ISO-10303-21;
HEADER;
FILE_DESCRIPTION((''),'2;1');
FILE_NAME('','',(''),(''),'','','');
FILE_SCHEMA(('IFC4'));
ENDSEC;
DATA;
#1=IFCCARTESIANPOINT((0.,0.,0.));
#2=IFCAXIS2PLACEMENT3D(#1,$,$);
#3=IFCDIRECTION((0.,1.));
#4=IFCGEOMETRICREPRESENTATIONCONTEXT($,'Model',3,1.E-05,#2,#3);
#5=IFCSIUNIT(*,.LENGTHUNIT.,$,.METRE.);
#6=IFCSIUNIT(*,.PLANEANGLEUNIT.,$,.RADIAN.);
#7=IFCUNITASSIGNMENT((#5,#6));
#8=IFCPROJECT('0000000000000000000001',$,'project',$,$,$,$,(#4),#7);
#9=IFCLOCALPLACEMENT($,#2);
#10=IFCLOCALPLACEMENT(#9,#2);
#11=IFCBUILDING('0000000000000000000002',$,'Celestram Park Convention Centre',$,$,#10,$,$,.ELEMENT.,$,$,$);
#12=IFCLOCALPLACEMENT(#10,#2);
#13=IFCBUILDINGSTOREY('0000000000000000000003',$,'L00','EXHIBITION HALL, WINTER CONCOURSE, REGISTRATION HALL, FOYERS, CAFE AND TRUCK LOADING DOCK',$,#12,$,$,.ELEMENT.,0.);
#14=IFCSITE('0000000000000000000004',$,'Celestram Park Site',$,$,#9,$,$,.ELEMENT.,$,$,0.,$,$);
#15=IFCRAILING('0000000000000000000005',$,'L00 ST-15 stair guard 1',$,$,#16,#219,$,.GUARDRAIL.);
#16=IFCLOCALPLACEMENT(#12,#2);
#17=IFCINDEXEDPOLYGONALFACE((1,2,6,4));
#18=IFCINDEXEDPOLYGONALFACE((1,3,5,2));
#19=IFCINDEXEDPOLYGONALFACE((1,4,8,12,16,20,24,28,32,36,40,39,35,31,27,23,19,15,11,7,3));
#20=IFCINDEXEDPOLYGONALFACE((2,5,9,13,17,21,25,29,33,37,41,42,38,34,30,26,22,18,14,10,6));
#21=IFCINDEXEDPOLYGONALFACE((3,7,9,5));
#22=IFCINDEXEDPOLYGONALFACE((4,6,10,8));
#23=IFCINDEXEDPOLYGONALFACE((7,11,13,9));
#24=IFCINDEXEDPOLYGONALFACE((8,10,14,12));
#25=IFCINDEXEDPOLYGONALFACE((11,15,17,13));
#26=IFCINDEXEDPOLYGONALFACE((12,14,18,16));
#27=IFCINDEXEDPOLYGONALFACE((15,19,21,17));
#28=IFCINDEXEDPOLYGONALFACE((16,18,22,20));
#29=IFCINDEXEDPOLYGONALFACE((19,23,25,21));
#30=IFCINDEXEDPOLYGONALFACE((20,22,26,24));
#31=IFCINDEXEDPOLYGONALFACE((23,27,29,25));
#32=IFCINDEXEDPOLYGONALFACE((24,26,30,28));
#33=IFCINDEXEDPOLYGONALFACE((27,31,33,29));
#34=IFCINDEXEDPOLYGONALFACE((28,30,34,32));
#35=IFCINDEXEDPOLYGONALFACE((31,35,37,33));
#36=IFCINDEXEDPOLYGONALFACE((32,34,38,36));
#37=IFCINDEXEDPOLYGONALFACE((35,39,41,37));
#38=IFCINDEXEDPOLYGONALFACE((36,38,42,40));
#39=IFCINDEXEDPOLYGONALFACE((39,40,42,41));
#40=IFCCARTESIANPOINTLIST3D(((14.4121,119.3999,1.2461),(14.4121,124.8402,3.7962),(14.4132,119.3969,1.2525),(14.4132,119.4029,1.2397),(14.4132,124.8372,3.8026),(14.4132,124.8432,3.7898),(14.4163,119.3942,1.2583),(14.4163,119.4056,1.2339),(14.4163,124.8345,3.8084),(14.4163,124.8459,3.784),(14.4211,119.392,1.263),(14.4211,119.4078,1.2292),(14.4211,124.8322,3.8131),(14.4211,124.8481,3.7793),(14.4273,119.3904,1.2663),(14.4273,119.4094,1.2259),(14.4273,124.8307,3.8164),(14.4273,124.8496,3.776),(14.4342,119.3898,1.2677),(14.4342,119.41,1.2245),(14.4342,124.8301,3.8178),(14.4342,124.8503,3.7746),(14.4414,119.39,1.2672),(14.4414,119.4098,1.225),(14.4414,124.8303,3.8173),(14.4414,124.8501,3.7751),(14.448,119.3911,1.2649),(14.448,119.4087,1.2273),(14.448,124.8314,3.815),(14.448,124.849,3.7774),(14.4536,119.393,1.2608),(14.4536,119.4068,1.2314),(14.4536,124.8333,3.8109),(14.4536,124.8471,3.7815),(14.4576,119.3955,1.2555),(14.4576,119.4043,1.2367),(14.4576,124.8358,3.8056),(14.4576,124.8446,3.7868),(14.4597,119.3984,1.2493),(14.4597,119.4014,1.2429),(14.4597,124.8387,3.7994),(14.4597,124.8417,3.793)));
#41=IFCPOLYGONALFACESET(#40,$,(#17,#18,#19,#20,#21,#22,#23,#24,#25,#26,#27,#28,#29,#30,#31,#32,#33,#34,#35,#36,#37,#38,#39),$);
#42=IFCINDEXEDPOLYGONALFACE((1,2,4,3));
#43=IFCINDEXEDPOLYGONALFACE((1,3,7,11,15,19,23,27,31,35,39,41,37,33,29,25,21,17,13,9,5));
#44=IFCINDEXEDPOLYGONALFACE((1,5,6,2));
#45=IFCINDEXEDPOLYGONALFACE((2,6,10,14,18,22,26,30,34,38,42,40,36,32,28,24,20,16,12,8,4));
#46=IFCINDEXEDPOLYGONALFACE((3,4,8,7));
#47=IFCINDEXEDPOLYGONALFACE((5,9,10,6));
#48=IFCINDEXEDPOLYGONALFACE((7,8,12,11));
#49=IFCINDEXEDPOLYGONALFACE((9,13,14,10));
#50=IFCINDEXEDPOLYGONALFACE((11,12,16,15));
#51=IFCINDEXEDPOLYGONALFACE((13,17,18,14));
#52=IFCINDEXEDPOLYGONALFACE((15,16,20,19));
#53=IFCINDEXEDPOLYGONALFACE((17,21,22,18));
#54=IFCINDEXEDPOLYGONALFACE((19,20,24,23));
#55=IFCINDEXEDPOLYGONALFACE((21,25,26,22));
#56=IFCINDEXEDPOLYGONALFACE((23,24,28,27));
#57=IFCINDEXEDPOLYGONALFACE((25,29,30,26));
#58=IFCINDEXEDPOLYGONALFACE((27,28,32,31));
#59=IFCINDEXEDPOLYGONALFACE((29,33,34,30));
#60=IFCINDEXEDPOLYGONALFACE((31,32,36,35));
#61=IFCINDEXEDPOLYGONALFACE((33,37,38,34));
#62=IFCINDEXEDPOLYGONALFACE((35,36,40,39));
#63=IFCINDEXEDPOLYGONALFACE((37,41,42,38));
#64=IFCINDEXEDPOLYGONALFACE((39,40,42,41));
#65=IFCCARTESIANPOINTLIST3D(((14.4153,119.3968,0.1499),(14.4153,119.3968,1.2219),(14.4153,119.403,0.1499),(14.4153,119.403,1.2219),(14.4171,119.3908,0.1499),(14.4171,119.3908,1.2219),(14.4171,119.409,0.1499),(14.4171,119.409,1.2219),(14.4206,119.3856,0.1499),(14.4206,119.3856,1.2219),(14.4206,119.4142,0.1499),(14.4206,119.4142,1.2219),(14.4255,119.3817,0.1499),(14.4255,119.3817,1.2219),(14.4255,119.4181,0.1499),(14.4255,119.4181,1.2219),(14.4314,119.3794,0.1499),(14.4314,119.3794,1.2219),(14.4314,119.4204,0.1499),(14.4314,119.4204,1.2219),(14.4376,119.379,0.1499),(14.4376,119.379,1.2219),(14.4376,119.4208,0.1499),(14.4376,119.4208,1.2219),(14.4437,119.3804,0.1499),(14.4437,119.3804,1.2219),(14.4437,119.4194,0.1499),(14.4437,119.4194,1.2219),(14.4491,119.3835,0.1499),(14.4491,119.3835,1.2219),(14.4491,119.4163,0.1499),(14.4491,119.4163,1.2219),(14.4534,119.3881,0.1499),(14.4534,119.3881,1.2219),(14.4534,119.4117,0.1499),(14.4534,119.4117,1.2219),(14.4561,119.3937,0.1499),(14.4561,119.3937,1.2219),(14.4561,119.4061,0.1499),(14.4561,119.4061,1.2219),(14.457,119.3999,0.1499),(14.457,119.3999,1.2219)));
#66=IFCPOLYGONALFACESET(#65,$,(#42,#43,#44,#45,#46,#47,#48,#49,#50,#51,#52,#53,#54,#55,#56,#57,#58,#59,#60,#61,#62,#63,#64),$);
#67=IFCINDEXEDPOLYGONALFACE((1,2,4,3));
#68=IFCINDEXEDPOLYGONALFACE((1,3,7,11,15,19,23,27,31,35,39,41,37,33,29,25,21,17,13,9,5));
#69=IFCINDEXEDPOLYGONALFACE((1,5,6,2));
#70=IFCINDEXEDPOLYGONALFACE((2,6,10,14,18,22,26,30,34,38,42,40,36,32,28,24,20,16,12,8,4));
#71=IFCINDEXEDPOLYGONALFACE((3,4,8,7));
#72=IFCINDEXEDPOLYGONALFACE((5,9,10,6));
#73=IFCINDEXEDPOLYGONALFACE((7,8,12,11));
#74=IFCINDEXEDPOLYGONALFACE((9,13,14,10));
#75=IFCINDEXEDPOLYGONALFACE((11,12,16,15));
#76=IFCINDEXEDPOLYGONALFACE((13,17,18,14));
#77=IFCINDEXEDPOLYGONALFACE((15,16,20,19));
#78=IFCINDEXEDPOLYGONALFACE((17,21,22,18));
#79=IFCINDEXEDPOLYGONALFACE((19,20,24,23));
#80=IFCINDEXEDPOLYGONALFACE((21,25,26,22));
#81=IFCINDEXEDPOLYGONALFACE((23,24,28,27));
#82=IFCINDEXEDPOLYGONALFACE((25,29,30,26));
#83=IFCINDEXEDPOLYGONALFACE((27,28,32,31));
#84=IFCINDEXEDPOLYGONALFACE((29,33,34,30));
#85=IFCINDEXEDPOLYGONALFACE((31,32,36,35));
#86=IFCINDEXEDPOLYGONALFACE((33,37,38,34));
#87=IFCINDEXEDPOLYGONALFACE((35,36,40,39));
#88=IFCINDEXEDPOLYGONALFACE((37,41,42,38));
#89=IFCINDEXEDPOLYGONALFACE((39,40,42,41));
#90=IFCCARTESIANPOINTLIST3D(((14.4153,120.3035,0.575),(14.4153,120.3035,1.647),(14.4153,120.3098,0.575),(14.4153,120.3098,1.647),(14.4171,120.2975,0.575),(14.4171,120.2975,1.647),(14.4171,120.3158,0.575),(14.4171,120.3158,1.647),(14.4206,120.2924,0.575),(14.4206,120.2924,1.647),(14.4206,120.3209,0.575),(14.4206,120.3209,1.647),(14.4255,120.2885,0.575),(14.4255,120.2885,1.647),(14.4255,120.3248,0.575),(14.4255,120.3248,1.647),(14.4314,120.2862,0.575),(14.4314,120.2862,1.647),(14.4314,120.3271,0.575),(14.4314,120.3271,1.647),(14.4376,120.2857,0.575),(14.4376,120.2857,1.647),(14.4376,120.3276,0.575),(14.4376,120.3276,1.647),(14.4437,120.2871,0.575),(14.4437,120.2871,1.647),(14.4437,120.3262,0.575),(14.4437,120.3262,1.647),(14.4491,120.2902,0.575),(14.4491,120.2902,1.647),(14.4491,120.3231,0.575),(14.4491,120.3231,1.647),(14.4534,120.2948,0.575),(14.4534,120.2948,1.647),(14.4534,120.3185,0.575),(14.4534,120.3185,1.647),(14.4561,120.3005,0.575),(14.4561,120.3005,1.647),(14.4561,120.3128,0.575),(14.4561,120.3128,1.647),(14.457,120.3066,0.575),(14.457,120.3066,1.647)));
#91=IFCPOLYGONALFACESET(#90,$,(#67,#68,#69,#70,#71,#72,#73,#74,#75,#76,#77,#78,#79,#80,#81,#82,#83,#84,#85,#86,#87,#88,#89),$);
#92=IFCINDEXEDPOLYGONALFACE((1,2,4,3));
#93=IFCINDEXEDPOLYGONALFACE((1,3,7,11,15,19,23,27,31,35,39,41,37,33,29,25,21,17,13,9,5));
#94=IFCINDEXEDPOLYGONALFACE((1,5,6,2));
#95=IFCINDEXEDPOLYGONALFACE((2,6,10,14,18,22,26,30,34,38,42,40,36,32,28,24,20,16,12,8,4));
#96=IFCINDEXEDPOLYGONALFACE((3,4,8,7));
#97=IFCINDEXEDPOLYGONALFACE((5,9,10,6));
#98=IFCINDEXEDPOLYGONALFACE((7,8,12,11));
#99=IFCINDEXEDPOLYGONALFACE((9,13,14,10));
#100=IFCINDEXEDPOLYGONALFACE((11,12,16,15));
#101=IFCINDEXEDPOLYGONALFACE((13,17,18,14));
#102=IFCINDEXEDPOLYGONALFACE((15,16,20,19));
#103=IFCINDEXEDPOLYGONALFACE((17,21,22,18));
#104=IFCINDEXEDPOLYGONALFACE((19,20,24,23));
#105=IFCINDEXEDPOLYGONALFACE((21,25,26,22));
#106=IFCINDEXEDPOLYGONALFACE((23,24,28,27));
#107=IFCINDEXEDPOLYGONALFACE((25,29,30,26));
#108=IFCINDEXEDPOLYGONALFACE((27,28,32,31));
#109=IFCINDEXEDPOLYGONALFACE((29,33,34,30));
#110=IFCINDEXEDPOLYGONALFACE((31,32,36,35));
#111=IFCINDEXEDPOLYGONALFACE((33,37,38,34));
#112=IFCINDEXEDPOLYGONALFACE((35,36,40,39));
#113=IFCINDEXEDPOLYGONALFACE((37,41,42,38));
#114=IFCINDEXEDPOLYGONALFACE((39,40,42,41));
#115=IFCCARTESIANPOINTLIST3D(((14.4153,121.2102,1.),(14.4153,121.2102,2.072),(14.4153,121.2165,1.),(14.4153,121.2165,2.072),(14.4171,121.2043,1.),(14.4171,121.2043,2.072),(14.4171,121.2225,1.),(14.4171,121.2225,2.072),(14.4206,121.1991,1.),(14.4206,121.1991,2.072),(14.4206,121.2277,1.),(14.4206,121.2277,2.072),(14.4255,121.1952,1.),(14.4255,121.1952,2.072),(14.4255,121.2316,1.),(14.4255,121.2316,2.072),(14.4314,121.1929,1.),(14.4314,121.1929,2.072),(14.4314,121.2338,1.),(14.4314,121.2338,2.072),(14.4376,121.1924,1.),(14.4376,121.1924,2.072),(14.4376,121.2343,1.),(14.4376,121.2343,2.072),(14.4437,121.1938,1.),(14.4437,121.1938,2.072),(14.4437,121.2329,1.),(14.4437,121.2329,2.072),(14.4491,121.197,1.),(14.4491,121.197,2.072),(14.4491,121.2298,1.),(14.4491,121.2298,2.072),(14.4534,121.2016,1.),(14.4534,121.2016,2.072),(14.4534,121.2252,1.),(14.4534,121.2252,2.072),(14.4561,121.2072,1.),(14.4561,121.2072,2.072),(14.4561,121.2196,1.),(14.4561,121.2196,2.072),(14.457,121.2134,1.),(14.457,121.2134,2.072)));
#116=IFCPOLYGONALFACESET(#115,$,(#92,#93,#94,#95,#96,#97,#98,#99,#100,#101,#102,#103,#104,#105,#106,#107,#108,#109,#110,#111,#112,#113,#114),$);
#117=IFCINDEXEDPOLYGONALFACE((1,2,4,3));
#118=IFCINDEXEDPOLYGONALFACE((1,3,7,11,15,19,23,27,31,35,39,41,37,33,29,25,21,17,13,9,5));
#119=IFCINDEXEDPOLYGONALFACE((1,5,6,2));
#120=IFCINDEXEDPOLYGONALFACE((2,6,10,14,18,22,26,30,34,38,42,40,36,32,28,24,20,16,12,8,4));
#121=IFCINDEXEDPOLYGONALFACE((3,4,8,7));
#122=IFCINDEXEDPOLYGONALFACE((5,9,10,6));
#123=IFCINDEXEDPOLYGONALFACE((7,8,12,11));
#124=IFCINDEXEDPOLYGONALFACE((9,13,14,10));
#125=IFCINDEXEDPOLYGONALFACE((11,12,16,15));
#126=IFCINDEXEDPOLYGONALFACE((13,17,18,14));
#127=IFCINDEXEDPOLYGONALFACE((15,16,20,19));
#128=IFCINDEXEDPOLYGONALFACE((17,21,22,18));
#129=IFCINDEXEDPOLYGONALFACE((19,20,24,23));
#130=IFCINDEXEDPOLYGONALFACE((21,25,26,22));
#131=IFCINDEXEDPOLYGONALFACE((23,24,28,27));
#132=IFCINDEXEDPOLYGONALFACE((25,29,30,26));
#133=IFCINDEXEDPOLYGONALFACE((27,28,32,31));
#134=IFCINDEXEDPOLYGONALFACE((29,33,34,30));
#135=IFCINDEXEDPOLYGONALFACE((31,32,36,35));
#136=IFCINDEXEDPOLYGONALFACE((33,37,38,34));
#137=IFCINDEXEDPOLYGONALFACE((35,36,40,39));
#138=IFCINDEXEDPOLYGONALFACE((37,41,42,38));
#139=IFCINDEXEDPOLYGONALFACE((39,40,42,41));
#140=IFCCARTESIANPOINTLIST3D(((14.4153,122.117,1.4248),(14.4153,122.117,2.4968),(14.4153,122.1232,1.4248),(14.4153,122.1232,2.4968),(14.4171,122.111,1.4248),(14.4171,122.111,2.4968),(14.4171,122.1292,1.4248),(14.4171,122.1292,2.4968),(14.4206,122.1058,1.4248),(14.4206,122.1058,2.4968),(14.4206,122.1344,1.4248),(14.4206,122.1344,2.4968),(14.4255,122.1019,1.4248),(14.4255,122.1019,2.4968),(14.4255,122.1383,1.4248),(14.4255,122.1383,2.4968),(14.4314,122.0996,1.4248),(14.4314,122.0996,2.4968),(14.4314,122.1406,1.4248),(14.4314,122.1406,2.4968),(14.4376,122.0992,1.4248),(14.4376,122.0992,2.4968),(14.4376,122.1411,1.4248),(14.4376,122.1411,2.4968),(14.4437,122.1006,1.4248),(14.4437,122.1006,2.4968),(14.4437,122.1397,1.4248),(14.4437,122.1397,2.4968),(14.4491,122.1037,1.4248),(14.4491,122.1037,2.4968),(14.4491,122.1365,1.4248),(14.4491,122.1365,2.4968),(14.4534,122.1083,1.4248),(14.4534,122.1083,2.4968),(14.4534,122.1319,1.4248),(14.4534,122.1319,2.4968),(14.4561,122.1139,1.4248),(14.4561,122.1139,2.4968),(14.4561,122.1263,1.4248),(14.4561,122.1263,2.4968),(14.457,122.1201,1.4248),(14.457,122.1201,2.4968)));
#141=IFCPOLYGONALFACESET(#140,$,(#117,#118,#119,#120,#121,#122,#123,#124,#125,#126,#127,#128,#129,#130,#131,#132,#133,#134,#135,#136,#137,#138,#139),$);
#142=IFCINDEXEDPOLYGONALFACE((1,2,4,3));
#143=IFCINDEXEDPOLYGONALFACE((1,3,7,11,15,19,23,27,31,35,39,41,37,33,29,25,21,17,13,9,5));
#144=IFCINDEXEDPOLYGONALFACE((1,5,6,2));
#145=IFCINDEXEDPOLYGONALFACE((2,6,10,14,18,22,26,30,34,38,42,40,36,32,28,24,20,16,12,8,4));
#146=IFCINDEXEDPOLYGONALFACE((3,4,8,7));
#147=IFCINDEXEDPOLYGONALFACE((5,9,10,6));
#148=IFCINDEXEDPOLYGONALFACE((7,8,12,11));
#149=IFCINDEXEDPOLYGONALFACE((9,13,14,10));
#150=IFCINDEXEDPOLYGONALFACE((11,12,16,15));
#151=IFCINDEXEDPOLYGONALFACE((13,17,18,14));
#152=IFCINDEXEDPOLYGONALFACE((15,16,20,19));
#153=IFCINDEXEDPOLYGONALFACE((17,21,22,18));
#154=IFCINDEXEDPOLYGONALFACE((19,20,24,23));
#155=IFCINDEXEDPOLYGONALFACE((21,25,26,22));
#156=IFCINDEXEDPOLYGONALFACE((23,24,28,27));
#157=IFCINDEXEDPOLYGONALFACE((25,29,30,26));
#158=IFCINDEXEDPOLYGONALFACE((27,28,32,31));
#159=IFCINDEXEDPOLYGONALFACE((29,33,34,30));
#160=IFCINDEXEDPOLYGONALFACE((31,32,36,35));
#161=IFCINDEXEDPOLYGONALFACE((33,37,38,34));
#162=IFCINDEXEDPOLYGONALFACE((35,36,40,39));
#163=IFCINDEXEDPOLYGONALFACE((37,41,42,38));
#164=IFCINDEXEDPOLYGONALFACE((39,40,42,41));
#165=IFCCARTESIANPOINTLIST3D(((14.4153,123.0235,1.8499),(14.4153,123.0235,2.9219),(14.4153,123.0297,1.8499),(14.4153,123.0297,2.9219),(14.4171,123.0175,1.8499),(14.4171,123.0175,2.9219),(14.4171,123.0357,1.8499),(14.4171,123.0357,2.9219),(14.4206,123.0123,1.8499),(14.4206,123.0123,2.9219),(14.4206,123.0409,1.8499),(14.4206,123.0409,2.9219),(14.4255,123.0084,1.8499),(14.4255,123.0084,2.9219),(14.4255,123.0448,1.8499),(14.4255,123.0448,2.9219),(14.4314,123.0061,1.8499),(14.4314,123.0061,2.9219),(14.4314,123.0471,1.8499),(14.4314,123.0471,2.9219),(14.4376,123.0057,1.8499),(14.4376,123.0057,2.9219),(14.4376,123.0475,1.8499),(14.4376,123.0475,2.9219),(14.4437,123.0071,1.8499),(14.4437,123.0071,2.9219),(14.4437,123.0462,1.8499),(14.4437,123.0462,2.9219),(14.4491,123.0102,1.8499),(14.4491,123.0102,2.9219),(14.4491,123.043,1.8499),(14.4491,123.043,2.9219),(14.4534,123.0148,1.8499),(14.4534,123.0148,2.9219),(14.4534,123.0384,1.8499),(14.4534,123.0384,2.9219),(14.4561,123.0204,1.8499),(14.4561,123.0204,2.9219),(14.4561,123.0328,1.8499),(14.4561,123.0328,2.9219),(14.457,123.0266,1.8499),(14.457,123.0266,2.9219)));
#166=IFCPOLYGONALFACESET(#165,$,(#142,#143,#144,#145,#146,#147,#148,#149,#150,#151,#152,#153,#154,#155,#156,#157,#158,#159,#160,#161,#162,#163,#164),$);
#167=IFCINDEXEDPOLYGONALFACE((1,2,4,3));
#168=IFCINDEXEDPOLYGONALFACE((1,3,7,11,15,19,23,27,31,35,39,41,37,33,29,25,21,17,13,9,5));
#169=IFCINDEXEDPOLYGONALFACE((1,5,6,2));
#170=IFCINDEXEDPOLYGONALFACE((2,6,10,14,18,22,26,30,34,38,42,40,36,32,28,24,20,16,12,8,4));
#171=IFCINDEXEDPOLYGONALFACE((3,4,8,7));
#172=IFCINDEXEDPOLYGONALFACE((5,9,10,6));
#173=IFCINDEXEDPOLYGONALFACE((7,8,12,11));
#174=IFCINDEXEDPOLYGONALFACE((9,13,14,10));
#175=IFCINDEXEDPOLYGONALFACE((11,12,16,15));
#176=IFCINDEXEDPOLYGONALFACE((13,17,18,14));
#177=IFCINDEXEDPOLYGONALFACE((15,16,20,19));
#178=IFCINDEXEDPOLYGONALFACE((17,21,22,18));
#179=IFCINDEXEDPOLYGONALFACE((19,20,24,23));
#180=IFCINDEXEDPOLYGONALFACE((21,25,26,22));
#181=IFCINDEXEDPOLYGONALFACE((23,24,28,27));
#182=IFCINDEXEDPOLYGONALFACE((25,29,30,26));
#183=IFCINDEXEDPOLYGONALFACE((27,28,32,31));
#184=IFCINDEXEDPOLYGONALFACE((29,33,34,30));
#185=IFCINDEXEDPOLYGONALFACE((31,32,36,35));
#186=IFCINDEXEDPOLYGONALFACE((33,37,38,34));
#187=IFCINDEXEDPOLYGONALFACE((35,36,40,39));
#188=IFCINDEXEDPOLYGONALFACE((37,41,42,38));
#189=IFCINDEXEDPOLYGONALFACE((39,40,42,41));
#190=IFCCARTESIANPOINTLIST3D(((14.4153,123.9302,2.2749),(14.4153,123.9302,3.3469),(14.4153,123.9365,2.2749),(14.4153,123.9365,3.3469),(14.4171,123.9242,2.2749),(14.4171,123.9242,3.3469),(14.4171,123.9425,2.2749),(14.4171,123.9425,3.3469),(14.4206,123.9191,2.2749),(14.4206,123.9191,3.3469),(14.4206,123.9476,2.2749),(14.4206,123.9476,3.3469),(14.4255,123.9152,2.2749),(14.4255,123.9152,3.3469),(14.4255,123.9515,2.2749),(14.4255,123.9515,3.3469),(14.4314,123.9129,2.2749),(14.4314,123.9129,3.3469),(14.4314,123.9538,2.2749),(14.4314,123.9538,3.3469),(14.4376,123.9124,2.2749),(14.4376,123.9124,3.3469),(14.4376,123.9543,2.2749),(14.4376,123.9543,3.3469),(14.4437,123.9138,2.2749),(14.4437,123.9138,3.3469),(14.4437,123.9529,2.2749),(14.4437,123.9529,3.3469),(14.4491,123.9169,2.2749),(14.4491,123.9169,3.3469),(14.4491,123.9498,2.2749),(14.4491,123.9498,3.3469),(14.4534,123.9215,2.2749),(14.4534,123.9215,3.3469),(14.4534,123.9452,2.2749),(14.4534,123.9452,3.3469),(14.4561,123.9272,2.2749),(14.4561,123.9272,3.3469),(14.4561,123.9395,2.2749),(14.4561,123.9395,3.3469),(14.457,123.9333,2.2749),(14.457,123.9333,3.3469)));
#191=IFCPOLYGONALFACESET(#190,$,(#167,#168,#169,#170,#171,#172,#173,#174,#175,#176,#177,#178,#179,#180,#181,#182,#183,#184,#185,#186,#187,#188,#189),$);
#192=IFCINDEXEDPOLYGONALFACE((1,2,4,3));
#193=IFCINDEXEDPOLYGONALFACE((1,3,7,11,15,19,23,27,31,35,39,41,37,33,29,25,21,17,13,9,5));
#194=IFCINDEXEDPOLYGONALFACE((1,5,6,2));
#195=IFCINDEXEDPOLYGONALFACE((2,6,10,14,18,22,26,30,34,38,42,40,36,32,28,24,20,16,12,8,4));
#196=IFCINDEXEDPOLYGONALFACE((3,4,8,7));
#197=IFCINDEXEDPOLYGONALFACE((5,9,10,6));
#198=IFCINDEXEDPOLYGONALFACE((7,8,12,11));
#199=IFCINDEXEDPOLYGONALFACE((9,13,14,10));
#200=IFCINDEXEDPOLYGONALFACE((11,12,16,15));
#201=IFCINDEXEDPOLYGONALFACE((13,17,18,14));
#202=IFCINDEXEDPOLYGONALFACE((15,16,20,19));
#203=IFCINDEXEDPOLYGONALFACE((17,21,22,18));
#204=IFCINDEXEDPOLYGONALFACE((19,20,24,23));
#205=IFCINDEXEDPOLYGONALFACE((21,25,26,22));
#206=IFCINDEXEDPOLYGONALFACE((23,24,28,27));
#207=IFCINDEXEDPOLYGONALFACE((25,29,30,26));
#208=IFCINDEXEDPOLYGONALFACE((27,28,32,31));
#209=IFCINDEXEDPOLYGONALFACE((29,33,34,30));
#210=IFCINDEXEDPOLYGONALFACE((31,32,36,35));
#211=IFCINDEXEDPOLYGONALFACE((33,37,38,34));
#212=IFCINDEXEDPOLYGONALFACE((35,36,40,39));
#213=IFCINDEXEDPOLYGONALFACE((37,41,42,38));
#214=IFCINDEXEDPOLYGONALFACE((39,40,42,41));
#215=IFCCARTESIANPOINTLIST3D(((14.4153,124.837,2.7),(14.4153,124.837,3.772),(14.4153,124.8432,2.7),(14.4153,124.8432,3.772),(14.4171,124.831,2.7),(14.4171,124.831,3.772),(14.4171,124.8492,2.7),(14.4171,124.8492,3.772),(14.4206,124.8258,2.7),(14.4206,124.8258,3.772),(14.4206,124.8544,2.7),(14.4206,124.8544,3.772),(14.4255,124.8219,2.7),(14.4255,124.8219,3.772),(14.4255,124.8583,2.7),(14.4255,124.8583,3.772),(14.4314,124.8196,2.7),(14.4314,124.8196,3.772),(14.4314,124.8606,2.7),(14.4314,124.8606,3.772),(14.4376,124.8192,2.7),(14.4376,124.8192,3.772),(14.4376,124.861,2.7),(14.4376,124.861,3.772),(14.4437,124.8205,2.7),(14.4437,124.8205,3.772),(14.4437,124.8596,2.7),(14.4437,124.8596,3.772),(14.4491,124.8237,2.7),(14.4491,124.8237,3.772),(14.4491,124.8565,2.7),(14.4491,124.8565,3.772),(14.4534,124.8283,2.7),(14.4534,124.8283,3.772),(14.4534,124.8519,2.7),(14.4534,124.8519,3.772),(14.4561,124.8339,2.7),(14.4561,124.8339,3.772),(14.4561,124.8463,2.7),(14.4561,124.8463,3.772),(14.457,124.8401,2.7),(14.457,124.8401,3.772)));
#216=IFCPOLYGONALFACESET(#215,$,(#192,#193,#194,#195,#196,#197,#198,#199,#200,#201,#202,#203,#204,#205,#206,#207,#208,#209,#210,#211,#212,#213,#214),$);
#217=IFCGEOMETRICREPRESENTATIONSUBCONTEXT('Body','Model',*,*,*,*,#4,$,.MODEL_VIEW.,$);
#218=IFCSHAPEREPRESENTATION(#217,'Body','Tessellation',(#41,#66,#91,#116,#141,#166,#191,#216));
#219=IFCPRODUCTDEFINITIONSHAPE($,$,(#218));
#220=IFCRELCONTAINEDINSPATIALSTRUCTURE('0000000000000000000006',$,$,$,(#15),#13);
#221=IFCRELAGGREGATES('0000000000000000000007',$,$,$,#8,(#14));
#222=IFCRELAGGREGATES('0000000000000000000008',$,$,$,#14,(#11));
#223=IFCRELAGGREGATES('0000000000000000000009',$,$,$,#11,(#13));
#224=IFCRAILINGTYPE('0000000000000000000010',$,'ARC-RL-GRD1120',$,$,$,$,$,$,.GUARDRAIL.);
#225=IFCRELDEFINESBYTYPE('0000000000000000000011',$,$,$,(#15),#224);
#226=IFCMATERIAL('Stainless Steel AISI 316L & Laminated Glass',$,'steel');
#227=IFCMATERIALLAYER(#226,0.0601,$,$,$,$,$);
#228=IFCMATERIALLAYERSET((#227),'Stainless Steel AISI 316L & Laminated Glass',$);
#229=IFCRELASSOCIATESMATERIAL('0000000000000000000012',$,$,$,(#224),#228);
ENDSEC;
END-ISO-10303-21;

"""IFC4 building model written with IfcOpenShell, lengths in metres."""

from ifc_helpers import new_model, si_unit, direction, frame, origin, origin_2d, place, context, subcontext, project, spatial, circle, extrude, material, layer, layer_set, type_object, element, save


model = new_model("IFC4")

# Units and contexts
model_context = context("Model", 3, precision=1e-05, world=origin(), true_north=direction((0.0, 1.0)))
body_context = subcontext(model_context, "Body", "Model", "MODEL_VIEW")
ifc_project = project(units=[si_unit("LENGTHUNIT", "METRE"), si_unit("PLANEANGLEUNIT", "RADIAN")], contexts=[model_context])

# Site, building, storey
site_placement = place(None, origin())
site = spatial("IfcSite", under=ifc_project, at=site_placement, Name="Celestram Park Site", CompositionType="ELEMENT", RefElevation=0.0)
building_placement = place(site_placement, origin())
building = spatial("IfcBuilding", under=site, at=building_placement, Name="Celestram Park Convention Centre", CompositionType="ELEMENT")
storey_placement = place(building_placement, origin())
storey = spatial("IfcBuildingStorey", under=building, at=storey_placement, Name="L00", Description="EXHIBITION HALL, WINTER CONCOURSE, REGISTRATION HALL, FOYERS, CAFE AND TRUCK LOADING DOCK", CompositionType="ELEMENT", Elevation=0.0)

# Railing
ifc_material_1 = material(Name="Stainless Steel AISI 316L & Laminated Glass", Category="steel")
ifc_layer_1 = layer(ifc_material_1, 0.0601)
ifc_layer_set_1 = layer_set([ifc_layer_1], Name="Stainless Steel AISI 316L & Laminated Glass")
railing_type_1 = type_object("IfcRailingType", Name="ARC-RL-GRD1120", PredefinedType="GUARDRAIL", material=ifc_layer_set_1)
railing_1_placement = place(storey_placement, frame((14.436, 119.3999, 0.1499)))
element("IfcRailing", 1, at=railing_1_placement, inside=storey, type_object=railing_type_1, Name="L00 ST-15 stair guard 1", PredefinedType="GUARDRAIL", context=body_context, shape_type="SweptSolid", body=[
    extrude(circle(Radius=0.0239, at=origin_2d()), frame((0.0, 0.0, 1.0962), z_axis=(0.0, 0.905461, 0.424429), x_axis=(-1.0, 0.0, 0.0)), (0.0, 0.0, 1.0), 6.0083),
    extrude(circle(Radius=0.021, at=origin_2d()), origin(), (0.0, 0.0, 1.0), 1.072),
    extrude(circle(Radius=0.021, at=origin_2d()), frame((0.0, 0.9067, 0.425)), (0.0, 0.0, 1.0), 1.072),
    extrude(circle(Radius=0.021, at=origin_2d()), frame((0.0, 1.8135, 0.8501)), (0.0, 0.0, 1.0), 1.072),
    extrude(circle(Radius=0.021, at=origin_2d()), frame((0.0, 2.7202, 1.2749)), (0.0, 0.0, 1.0), 1.072),
    extrude(circle(Radius=0.021, at=origin_2d()), frame((0.0, 3.6267, 1.7)), (0.0, 0.0, 1.0), 1.072),
    extrude(circle(Radius=0.021, at=origin_2d()), frame((0.0, 4.5334, 2.125)), (0.0, 0.0, 1.0), 1.072),
    extrude(circle(Radius=0.021, at=origin_2d()), frame((0.0, 5.4402, 2.55)), (0.0, 0.0, 1.0), 1.072),
])

save(model, "model.ifc")
